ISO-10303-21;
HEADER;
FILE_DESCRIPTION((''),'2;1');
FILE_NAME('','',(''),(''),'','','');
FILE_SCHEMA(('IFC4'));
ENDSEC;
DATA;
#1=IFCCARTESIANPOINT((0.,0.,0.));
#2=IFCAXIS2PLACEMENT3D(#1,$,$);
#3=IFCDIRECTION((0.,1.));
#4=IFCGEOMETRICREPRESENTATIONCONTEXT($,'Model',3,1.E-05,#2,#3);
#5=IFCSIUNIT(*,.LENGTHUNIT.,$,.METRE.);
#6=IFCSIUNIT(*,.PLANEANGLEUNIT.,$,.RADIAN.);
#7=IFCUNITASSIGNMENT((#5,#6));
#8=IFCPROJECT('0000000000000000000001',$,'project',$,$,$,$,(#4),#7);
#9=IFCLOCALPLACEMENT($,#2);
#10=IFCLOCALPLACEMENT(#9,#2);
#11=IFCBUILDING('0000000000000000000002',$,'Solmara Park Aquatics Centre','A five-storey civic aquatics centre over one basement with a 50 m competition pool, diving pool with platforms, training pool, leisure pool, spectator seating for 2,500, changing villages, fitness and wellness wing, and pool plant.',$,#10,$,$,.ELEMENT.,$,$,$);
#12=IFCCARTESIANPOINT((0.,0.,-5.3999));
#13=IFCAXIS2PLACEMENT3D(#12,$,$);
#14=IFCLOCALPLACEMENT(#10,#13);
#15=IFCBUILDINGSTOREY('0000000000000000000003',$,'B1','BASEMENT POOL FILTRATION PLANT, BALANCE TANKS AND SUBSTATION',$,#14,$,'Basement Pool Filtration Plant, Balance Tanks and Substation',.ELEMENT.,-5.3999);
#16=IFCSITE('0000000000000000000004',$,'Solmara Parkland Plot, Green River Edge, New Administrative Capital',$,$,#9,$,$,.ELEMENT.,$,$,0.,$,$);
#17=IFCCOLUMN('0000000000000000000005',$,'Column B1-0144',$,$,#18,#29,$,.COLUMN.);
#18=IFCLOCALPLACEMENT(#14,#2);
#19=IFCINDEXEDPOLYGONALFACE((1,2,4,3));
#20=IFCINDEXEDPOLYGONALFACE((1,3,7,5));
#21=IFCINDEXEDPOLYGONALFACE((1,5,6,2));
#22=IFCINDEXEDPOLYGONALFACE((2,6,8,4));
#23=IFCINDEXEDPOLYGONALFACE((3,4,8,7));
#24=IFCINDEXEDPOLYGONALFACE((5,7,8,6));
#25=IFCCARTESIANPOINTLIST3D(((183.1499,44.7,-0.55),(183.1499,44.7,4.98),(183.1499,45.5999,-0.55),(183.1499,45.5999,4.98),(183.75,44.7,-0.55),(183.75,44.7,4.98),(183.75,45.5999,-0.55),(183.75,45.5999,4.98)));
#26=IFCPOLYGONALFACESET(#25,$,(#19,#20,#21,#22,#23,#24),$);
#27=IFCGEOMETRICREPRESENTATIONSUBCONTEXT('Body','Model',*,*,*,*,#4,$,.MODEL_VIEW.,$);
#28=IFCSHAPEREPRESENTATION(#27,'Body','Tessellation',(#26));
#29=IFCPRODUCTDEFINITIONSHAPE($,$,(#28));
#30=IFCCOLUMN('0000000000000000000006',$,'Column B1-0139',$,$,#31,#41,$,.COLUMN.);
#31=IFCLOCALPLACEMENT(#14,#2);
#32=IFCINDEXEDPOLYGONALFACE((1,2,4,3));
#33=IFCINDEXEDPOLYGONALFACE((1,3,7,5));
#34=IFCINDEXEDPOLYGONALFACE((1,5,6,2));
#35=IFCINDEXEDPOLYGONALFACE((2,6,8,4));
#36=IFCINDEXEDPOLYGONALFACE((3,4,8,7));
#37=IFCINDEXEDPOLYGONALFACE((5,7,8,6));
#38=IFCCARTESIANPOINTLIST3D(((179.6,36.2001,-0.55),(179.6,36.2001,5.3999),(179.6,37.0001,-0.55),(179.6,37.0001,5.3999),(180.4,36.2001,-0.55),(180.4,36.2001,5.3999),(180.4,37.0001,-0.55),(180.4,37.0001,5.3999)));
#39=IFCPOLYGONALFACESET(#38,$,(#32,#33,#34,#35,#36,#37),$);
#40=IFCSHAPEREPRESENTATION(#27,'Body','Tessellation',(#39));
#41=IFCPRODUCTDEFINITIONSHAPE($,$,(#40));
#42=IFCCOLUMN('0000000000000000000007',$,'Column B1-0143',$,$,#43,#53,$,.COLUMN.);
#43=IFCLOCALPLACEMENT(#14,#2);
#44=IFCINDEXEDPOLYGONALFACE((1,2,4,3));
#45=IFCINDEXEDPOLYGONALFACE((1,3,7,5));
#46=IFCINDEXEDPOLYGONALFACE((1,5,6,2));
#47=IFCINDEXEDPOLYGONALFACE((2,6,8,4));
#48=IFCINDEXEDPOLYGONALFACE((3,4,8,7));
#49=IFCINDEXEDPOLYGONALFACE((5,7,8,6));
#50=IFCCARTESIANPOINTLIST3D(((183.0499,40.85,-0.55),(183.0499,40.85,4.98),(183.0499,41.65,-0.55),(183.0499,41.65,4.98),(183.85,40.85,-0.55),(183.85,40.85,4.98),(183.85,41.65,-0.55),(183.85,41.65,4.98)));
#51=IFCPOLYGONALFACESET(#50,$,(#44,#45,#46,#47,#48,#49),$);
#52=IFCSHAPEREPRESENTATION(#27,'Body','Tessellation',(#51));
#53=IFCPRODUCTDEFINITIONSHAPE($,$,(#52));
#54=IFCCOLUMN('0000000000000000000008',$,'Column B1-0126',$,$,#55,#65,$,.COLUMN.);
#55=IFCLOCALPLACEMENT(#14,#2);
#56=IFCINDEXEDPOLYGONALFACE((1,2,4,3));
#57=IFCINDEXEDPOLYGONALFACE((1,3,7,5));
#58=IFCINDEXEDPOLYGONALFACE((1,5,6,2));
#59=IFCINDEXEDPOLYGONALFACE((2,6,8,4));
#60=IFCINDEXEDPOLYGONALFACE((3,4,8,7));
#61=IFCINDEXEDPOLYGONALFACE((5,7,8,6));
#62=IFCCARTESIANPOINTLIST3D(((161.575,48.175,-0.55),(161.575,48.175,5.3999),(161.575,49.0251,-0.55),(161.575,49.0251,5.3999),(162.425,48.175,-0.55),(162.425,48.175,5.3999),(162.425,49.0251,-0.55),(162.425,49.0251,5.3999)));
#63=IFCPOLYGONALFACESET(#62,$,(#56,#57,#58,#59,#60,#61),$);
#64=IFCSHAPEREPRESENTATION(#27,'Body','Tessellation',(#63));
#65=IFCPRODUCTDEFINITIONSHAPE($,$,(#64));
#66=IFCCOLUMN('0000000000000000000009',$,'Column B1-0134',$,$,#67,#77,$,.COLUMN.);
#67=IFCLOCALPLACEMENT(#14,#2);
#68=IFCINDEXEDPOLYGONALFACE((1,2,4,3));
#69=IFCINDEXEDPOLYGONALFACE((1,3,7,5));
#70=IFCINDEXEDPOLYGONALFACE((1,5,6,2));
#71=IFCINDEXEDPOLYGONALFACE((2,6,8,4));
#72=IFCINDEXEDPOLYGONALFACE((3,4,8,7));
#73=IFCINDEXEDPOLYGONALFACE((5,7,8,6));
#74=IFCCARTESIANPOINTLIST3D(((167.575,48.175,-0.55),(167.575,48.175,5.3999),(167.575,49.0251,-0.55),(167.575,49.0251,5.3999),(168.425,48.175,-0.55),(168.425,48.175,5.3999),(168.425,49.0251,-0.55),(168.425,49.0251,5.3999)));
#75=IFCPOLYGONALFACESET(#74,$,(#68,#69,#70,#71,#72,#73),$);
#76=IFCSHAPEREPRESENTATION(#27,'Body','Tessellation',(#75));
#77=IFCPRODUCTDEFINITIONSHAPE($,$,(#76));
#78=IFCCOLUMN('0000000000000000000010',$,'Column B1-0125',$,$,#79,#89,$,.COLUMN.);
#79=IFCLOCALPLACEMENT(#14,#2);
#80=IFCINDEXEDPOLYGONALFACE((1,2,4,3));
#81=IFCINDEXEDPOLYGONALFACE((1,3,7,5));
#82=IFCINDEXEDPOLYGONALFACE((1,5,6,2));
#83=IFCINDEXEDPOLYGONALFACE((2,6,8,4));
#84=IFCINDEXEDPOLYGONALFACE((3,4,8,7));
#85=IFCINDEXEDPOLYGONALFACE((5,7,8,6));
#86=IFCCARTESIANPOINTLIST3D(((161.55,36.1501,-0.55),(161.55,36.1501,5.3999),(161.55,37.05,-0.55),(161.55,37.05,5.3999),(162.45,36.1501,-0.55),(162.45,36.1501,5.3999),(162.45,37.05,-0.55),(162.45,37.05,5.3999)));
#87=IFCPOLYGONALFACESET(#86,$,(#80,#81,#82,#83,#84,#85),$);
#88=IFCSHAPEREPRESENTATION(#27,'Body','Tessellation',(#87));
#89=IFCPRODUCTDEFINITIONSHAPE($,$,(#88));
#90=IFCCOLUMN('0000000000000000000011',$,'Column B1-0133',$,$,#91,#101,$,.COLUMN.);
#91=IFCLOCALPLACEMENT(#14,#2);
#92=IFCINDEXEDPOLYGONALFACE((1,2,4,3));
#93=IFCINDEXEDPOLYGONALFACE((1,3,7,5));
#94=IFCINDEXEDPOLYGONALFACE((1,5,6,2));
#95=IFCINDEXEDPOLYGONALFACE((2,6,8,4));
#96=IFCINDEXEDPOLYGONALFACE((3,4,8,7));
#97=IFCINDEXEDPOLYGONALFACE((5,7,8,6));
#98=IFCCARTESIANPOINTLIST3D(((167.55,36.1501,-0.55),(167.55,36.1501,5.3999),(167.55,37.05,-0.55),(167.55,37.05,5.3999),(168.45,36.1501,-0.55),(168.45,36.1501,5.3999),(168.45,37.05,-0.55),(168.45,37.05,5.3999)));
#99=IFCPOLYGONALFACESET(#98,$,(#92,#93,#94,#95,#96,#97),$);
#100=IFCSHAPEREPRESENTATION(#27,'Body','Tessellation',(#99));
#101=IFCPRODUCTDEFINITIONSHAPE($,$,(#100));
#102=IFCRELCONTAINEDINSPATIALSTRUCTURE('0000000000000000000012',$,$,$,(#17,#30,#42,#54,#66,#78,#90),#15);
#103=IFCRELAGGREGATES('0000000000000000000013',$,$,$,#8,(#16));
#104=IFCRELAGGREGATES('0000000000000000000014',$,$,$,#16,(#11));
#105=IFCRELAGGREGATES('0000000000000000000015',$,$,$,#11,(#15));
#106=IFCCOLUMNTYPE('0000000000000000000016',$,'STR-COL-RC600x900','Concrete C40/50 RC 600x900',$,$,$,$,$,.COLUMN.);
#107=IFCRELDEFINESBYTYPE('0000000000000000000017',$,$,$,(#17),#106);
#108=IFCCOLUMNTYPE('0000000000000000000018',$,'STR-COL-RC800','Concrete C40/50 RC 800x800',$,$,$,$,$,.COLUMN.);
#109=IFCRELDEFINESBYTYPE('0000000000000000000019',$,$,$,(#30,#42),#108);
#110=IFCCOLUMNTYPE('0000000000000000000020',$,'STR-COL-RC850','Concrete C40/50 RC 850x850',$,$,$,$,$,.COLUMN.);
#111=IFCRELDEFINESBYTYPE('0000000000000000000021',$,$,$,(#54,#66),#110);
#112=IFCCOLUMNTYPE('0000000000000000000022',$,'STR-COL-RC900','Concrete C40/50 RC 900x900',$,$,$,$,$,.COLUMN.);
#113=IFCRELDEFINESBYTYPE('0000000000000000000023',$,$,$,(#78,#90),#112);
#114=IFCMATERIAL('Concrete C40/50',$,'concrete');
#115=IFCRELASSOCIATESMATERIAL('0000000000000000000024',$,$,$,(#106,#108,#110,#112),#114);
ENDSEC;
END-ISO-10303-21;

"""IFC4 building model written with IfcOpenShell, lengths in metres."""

from ifc_helpers import new_model, si_unit, direction, frame, origin, origin_2d, place, context, subcontext, project, spatial, rectangle, extrude, material, material_profile, profile_set, type_object, element, save


model = new_model("IFC4")

# Units and contexts
model_context = context("Model", 3, precision=1e-05, world=origin(), true_north=direction((0.0, 1.0)))
body_context = subcontext(model_context, "Body", "Model", "MODEL_VIEW")
ifc_project = project(units=[si_unit("LENGTHUNIT", "METRE"), si_unit("PLANEANGLEUNIT", "RADIAN")], contexts=[model_context])

# Site, building, storey
site_placement = place(None, origin())
site = spatial("IfcSite", under=ifc_project, at=site_placement, Name="Solmara Parkland Plot, Green River Edge, New Administrative Capital", CompositionType="ELEMENT", RefElevation=0.0)
building_placement = place(site_placement, origin())
building = spatial("IfcBuilding", under=site, at=building_placement, Name="Solmara Park Aquatics Centre", Description="A five-storey civic aquatics centre over one basement with a 50 m competition pool, diving pool with platforms, training pool, leisure pool, spectator seating for 2,500, changing villages, fitness and wellness wing, and pool plant.", CompositionType="ELEMENT")
storey_placement = place(building_placement, frame((0.0, 0.0, -5.3999)))
storey = spatial("IfcBuildingStorey", under=building, at=storey_placement, Name="B1", Description="BASEMENT POOL FILTRATION PLANT, BALANCE TANKS AND SUBSTATION", LongName="Basement Pool Filtration Plant, Balance Tanks and Substation", CompositionType="ELEMENT", Elevation=-5.3999)

# Columns
ifc_material_1 = material(Name="Concrete C40/50", Category="concrete")
ifc_material_profile_1 = material_profile(ifc_material_1, rectangle(XDim=0.6001, YDim=0.8999, at=origin_2d()), Name="RC 600x900")
ifc_profile_set_1 = profile_set([ifc_material_profile_1], Name="Concrete C40/50")
column_type_1 = type_object("IfcColumnType", Name="STR-COL-RC600x900", Description="Concrete C40/50 RC 600x900", PredefinedType="COLUMN", material=ifc_profile_set_1)
column_1_placement = place(storey_placement, frame((183.45, 45.1499, -0.55), z_axis=(0.0, 0.0, 1.0), x_axis=(1.0, 0.0, 0.0)))
element("IfcColumn", 1, at=column_1_placement, inside=storey, type_object=column_type_1, Name="Column B1-0144", PredefinedType="COLUMN", context=body_context, shape_type="SweptSolid", body=[
    extrude(rectangle(XDim=0.6001, YDim=0.8999, at=origin_2d()), origin(), (0.0, 0.0, 1.0), 5.53),
])
ifc_material_profile_2 = material_profile(ifc_material_1, rectangle(XDim=0.8, YDim=0.8, at=origin_2d()), Name="RC 800x800")
ifc_profile_set_2 = profile_set([ifc_material_profile_2], Name="Concrete C40/50")
column_type_2 = type_object("IfcColumnType", Name="STR-COL-RC800", Description="Concrete C40/50 RC 800x800", PredefinedType="COLUMN", material=ifc_profile_set_2)
column_2_placement = place(storey_placement, frame((180.0, 36.6001, -0.55), z_axis=(0.0, 0.0, 1.0), x_axis=(1.0, 0.0, 0.0)))
element("IfcColumn", 2, at=column_2_placement, inside=storey, type_object=column_type_2, Name="Column B1-0139", PredefinedType="COLUMN", context=body_context, shape_type="SweptSolid", body=[
    extrude(rectangle(XDim=0.8, YDim=0.8, at=origin_2d()), origin(), (0.0, 0.0, 1.0), 5.95),
])
column_3_placement = place(storey_placement, frame((183.45, 41.25, -0.55), z_axis=(0.0, 0.0, 1.0), x_axis=(1.0, 0.0, 0.0)))
element("IfcColumn", 3, at=column_3_placement, inside=storey, type_object=column_type_2, Name="Column B1-0143", PredefinedType="COLUMN", context=body_context, shape_type="SweptSolid", body=[
    extrude(rectangle(XDim=0.8, YDim=0.8, at=origin_2d()), origin(), (0.0, 0.0, 1.0), 5.53),
])
ifc_material_profile_3 = material_profile(ifc_material_1, rectangle(XDim=0.8501, YDim=0.8501, at=origin_2d()), Name="RC 850x850")
ifc_profile_set_3 = profile_set([ifc_material_profile_3], Name="Concrete C40/50")
column_type_3 = type_object("IfcColumnType", Name="STR-COL-RC850", Description="Concrete C40/50 RC 850x850", PredefinedType="COLUMN", material=ifc_profile_set_3)
for number, where, z_axis, x_axis, name in (
    (4, (162.0, 48.6001, -0.55), (0.0, 0.0, 1.0), (1.0, 0.0, 0.0), "Column B1-0126"),
    (5, (168.0, 48.6001, -0.55), (0.0, 0.0, 1.0), (1.0, 0.0, 0.0), "Column B1-0134"),
):
    element("IfcColumn", number, at=place(storey_placement, frame(where, z_axis=z_axis, x_axis=x_axis)), inside=storey, type_object=column_type_3, Name=name, PredefinedType="COLUMN", context=body_context, shape_type="SweptSolid", body=[
        extrude(rectangle(XDim=0.8501, YDim=0.8501, at=origin_2d()), origin(), (0.0, 0.0, 1.0), 5.95),
    ])
ifc_material_profile_4 = material_profile(ifc_material_1, rectangle(XDim=0.8999, YDim=0.8999, at=origin_2d()), Name="RC 900x900")
ifc_profile_set_4 = profile_set([ifc_material_profile_4], Name="Concrete C40/50")
column_type_4 = type_object("IfcColumnType", Name="STR-COL-RC900", Description="Concrete C40/50 RC 900x900", PredefinedType="COLUMN", material=ifc_profile_set_4)
for number, where, z_axis, x_axis, name in (
    (6, (162.0, 36.6001, -0.55), (0.0, 0.0, 1.0), (1.0, 0.0, 0.0), "Column B1-0125"),
    (7, (168.0, 36.6001, -0.55), (0.0, 0.0, 1.0), (1.0, 0.0, 0.0), "Column B1-0133"),
):
    element("IfcColumn", number, at=place(storey_placement, frame(where, z_axis=z_axis, x_axis=x_axis)), inside=storey, type_object=column_type_4, Name=name, PredefinedType="COLUMN", context=body_context, shape_type="SweptSolid", body=[
        extrude(rectangle(XDim=0.8999, YDim=0.8999, at=origin_2d()), origin(), (0.0, 0.0, 1.0), 5.95),
    ])

save(model, "model.ifc")
